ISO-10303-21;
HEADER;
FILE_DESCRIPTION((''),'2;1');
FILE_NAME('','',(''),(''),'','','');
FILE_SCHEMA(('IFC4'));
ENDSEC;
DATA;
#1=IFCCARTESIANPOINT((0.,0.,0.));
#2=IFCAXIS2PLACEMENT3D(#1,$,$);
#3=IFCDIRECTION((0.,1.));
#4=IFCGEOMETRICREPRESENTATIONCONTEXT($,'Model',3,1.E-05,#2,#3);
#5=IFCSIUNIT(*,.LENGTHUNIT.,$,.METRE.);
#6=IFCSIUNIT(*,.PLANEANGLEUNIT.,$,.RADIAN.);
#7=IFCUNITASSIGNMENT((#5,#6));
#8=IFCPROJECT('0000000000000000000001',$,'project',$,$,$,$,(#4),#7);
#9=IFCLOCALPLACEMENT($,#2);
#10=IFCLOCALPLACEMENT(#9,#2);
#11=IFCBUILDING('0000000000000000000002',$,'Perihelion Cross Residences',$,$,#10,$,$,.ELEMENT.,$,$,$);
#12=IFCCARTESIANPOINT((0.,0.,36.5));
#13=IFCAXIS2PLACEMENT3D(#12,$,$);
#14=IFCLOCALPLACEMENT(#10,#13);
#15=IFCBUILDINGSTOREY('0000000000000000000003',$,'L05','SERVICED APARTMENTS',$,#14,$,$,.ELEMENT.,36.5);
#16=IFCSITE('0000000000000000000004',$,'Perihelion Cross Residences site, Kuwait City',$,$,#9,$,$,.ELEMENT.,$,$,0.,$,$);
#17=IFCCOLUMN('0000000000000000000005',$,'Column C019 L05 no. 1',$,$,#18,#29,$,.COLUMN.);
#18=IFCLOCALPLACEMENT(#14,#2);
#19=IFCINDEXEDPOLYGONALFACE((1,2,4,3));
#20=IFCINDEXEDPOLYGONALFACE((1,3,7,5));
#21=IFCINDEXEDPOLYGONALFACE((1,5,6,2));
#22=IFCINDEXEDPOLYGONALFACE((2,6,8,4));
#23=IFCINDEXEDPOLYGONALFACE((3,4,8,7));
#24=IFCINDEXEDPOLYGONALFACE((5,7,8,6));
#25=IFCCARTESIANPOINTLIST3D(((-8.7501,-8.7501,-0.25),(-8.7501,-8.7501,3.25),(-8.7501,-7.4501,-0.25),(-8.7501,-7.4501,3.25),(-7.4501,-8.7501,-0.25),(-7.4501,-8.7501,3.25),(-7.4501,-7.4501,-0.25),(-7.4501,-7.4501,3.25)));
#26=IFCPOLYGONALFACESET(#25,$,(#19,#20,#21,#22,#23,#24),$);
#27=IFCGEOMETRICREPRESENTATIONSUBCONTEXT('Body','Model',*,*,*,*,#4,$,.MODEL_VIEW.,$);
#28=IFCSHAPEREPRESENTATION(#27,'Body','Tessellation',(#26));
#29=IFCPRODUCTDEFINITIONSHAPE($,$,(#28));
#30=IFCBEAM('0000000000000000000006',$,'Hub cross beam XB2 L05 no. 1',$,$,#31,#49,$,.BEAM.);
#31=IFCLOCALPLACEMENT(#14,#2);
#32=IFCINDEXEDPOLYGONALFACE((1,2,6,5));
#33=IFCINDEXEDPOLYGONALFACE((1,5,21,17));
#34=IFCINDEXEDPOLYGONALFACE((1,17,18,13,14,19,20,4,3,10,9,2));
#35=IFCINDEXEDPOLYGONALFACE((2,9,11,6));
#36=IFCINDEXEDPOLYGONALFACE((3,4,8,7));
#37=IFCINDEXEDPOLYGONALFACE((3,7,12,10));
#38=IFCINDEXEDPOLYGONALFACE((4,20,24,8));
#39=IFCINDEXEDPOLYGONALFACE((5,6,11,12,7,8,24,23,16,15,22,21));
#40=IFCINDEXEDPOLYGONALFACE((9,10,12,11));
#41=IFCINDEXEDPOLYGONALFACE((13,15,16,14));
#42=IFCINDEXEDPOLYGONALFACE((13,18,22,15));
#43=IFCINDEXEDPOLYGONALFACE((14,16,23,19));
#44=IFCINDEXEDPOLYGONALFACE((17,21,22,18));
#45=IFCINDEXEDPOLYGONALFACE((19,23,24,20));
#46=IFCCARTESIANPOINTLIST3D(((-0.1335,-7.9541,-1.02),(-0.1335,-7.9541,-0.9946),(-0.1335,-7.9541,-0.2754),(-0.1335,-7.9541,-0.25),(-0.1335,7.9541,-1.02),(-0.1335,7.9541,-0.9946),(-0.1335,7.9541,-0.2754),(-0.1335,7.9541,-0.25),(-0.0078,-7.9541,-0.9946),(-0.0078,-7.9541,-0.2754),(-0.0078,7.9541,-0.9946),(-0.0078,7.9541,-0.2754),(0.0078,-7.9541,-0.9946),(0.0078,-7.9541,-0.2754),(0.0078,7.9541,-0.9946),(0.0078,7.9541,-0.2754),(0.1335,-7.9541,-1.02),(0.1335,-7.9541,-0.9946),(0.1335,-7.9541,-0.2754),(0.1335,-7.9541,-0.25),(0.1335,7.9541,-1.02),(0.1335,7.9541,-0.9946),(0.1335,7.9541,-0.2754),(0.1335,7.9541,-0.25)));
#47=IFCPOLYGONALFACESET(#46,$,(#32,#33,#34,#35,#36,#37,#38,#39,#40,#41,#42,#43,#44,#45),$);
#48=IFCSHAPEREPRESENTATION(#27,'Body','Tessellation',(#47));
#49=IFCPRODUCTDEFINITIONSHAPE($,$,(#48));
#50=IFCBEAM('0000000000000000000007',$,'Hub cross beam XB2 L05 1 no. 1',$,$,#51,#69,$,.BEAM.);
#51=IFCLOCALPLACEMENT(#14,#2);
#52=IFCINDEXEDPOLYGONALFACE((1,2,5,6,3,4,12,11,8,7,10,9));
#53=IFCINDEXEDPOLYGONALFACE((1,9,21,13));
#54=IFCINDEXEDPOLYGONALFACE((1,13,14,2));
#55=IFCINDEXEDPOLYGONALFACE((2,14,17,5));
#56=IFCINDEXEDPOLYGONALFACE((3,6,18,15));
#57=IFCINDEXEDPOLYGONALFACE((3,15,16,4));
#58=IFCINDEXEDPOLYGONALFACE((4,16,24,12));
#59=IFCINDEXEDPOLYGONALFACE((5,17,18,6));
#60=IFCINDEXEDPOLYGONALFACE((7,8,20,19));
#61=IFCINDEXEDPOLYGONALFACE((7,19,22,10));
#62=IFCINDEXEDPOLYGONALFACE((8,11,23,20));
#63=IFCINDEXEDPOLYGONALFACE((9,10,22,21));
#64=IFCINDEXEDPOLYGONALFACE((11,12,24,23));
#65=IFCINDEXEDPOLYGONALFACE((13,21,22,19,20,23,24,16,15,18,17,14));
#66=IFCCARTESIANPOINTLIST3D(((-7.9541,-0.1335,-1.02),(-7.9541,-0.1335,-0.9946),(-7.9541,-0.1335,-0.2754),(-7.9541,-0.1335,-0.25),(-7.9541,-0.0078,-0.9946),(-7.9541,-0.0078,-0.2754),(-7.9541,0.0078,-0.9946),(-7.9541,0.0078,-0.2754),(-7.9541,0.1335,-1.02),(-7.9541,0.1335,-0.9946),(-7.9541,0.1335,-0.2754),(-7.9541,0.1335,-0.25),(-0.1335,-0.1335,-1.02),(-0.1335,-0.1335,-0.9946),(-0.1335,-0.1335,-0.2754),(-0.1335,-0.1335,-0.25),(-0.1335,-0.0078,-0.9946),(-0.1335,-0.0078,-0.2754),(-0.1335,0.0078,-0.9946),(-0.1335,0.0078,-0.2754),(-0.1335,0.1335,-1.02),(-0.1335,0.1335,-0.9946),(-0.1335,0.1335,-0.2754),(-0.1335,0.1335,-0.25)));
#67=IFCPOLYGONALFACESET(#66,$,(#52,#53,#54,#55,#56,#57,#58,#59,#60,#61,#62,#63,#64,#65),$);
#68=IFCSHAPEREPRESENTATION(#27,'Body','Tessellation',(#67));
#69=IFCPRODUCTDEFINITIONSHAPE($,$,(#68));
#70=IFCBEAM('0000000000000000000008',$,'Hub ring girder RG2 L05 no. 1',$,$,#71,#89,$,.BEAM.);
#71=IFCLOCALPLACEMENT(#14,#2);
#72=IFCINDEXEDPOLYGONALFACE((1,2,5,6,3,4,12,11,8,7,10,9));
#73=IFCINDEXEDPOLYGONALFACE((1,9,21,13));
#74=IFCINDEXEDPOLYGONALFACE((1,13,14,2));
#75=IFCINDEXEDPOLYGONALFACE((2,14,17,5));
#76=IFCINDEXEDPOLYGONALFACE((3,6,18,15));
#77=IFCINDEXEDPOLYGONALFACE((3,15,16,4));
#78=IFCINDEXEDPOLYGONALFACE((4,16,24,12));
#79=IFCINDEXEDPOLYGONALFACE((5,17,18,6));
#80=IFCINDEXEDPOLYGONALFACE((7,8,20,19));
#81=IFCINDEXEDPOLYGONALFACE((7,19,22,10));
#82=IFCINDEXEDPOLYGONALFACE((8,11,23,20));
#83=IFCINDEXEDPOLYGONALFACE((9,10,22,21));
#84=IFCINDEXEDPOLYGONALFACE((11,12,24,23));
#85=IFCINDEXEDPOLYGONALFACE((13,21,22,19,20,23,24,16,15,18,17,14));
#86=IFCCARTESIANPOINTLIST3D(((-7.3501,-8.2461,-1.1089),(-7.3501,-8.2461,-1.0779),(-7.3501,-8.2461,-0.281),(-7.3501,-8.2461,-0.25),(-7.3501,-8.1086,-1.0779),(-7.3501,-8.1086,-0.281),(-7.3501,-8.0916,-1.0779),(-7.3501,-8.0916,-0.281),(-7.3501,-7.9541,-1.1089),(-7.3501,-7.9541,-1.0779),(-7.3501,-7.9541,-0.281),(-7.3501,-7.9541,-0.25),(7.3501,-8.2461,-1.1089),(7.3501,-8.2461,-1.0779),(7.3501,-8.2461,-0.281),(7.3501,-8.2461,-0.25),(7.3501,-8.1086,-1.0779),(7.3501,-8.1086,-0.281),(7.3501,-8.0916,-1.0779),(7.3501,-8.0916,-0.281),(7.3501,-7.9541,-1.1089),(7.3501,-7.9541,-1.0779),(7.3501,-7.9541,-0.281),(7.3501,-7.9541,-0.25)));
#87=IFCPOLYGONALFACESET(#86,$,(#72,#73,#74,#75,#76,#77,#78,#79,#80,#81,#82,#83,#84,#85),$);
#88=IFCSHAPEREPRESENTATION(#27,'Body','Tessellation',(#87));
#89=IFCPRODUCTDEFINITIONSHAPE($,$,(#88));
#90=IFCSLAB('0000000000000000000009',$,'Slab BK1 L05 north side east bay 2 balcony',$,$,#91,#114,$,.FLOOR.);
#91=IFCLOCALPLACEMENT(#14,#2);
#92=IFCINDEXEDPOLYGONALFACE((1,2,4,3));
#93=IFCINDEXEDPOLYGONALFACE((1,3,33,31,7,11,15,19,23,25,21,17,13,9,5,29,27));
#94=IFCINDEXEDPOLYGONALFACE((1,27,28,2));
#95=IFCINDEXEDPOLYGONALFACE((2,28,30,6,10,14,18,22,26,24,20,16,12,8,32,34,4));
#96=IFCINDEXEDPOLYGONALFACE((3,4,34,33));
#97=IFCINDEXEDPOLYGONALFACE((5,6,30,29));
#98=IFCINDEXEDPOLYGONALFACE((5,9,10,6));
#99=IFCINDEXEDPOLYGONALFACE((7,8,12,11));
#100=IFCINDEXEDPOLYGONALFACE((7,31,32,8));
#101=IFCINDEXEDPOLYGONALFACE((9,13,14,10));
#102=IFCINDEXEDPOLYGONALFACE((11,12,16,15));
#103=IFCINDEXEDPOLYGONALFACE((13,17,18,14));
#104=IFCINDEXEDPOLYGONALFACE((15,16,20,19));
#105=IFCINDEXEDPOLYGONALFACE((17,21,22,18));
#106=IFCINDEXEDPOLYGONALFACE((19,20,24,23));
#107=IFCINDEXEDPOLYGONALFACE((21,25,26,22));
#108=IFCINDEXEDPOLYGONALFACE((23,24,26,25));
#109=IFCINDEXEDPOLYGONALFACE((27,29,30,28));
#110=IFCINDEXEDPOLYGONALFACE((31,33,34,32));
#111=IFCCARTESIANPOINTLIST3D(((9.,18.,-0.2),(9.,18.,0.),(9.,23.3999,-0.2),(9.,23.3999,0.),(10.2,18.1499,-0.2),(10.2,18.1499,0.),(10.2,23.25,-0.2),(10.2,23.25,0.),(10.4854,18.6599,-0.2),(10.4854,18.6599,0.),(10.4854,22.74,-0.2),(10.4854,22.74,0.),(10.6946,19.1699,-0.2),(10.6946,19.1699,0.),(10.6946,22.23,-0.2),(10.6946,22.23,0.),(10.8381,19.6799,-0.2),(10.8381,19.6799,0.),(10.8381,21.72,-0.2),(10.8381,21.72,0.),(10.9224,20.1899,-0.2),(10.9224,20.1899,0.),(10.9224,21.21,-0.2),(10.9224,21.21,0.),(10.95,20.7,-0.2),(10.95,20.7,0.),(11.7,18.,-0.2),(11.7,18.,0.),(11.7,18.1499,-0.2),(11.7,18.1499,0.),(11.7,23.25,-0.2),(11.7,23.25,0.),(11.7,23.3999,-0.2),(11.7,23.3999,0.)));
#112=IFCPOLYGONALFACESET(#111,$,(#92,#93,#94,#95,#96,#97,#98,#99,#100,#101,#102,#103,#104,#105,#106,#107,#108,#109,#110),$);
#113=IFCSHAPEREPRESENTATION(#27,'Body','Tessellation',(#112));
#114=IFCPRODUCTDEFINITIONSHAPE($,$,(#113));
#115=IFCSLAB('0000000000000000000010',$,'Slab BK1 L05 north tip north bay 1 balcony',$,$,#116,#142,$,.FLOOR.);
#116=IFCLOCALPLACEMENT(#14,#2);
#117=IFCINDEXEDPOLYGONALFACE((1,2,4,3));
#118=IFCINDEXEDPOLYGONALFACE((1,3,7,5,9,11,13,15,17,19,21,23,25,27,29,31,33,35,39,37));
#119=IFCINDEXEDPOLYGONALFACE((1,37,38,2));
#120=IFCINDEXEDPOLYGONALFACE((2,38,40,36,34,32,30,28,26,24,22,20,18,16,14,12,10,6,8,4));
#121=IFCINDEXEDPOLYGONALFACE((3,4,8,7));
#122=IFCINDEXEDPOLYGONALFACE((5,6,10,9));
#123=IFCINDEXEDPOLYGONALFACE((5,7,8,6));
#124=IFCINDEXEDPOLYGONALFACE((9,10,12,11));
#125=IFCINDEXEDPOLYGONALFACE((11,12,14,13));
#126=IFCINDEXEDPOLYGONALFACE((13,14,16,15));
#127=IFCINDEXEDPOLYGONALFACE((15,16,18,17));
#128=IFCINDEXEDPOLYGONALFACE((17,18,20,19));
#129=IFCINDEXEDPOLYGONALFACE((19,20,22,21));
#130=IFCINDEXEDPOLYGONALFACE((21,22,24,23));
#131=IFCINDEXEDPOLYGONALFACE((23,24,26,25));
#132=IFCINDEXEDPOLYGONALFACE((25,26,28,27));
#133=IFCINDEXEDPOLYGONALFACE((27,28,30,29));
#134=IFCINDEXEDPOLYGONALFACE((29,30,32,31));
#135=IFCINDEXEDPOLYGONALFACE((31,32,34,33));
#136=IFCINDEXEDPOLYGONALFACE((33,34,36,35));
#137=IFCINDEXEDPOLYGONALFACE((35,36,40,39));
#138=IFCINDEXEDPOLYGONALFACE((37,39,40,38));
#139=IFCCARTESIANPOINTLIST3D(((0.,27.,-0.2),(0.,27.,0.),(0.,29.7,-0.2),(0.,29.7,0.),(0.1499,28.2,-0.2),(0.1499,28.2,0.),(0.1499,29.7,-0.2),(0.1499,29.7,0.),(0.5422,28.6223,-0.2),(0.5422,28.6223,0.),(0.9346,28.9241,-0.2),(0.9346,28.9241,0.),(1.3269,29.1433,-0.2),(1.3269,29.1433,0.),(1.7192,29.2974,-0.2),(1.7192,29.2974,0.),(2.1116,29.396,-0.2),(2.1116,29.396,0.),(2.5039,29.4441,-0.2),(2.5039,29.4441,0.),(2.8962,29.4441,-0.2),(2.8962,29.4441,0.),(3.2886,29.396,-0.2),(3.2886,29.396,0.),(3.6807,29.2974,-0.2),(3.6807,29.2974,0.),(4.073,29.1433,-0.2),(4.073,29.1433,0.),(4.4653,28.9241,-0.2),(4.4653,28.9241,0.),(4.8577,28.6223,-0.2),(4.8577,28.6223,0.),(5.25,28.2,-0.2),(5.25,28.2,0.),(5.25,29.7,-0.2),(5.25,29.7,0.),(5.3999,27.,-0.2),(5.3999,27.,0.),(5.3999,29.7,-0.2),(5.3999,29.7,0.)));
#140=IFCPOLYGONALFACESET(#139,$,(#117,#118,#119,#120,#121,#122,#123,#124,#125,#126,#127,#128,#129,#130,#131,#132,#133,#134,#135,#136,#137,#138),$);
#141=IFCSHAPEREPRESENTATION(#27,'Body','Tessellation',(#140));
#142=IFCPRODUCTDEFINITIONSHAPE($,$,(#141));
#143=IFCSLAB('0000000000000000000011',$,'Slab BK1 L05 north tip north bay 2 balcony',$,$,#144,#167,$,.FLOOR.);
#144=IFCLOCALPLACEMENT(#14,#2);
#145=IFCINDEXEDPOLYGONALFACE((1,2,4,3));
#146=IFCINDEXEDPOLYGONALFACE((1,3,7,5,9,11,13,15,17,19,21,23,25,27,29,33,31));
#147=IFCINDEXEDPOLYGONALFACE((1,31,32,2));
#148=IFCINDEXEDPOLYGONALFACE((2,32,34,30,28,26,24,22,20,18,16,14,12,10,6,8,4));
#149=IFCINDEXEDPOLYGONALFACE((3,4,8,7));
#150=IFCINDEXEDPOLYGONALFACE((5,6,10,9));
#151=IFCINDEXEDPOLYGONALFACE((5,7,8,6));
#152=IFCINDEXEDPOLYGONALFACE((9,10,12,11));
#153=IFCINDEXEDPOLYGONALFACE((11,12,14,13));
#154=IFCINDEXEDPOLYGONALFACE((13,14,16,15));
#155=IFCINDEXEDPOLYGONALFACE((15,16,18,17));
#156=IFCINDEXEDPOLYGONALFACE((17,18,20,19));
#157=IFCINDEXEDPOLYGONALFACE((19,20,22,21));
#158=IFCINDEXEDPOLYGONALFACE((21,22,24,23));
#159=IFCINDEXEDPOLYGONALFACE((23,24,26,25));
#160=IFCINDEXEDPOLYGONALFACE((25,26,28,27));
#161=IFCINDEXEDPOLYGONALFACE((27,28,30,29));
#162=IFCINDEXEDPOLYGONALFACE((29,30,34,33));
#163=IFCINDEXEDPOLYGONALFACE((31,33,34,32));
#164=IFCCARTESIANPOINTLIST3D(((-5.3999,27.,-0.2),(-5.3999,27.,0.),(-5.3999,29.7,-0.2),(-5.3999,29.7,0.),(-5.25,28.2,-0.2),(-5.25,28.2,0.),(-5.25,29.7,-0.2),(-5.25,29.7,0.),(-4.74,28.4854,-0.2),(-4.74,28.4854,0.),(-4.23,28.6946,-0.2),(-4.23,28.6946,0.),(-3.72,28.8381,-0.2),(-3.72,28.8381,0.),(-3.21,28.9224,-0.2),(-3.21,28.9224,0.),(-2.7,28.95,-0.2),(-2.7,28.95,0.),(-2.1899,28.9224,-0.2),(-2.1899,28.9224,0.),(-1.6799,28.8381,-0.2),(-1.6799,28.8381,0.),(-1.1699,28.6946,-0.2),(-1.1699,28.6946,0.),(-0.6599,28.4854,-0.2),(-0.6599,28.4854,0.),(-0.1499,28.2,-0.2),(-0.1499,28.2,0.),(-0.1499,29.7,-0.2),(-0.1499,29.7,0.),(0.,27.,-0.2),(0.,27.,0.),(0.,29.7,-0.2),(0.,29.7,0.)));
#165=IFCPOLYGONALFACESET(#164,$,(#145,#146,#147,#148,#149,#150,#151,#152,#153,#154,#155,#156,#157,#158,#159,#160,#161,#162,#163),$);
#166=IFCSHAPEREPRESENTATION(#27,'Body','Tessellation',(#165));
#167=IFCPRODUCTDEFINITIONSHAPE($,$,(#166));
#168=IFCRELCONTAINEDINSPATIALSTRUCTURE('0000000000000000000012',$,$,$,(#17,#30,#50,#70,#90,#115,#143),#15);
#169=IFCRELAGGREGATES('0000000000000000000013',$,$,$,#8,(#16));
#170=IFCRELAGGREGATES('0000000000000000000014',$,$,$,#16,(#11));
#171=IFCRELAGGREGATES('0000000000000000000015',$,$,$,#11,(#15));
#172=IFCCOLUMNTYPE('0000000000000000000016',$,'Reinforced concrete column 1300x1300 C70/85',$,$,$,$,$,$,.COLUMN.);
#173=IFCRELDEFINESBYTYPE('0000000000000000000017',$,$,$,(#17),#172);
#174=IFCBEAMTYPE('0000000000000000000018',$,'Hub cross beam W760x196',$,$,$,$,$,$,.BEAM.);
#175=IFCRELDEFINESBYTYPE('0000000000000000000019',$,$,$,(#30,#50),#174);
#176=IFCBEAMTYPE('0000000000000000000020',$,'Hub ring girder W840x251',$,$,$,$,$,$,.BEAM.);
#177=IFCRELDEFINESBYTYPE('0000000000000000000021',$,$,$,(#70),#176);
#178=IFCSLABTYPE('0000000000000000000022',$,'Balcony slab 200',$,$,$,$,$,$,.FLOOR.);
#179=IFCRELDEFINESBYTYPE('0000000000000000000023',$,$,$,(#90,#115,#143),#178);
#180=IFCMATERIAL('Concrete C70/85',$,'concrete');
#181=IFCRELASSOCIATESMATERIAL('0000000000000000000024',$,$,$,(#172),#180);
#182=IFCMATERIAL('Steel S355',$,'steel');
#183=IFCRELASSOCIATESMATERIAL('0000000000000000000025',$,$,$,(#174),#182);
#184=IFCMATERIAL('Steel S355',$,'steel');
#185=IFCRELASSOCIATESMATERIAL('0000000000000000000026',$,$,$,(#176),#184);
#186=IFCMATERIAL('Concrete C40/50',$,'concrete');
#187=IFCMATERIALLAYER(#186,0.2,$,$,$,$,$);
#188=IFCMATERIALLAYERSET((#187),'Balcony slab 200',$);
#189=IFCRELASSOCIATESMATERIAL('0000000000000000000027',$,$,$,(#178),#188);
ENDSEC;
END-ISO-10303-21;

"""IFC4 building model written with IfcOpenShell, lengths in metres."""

from ifc_helpers import new_model, si_unit, direction, frame, origin, origin_2d, place, context, subcontext, project, spatial, polyline, rectangle, i_section, outline, extrude, material, layer, layer_set, material_profile, profile_set, type_object, element, save


model = new_model("IFC4")

# Units and contexts
model_context = context("Model", 3, precision=1e-05, world=origin(), true_north=direction((0.0, 1.0)))
body_context = subcontext(model_context, "Body", "Model", "MODEL_VIEW")
ifc_project = project(units=[si_unit("LENGTHUNIT", "METRE"), si_unit("PLANEANGLEUNIT", "RADIAN")], contexts=[model_context])

# Site, building, storey
site_placement = place(None, origin())
site = spatial("IfcSite", under=ifc_project, at=site_placement, Name="Perihelion Cross Residences site, Kuwait City", CompositionType="ELEMENT", RefElevation=0.0)
building_placement = place(site_placement, origin())
building = spatial("IfcBuilding", under=site, at=building_placement, Name="Perihelion Cross Residences", CompositionType="ELEMENT")
storey_placement = place(building_placement, frame((0.0, 0.0, 36.5)))
storey = spatial("IfcBuildingStorey", under=building, at=storey_placement, Name="L05", Description="SERVICED APARTMENTS", CompositionType="ELEMENT", Elevation=36.5)

# Column
ifc_material_1 = material(Name="Concrete C70/85", Category="concrete")
ifc_material_profile_1 = material_profile(ifc_material_1, rectangle(XDim=1.3, YDim=1.3, at=origin_2d()), Name="RC 1300x1300")
ifc_profile_set_1 = profile_set([ifc_material_profile_1], Name="Concrete C70/85")
column_type = type_object("IfcColumnType", Name="Reinforced concrete column 1300x1300 C70/85", PredefinedType="COLUMN", material=ifc_profile_set_1)
column_placement = place(storey_placement, frame((-8.1001, -8.1001, -0.25), z_axis=(0.0, 0.0, 1.0), x_axis=(1.0, 0.0, 0.0)))
element("IfcColumn", 1, at=column_placement, inside=storey, type_object=column_type, Name="Column C019 L05 no. 1", PredefinedType="COLUMN", context=body_context, shape_type="SweptSolid", body=[
    extrude(rectangle(XDim=1.3, YDim=1.3, at=origin_2d()), origin(), (0.0, 0.0, 1.0), 3.5),
])

# Beams
ifc_material_2 = material(Name="Steel S355", Category="steel")
ifc_material_profile_2 = material_profile(ifc_material_2, i_section(OverallWidth=0.2671, OverallDepth=0.77, WebThickness=0.0156, FlangeThickness=0.0254, at=origin_2d()), Name="W760x196")
ifc_profile_set_2 = profile_set([ifc_material_profile_2], Name="Steel S355")
beam_type_1 = type_object("IfcBeamType", Name="Hub cross beam W760x196", PredefinedType="BEAM", material=ifc_profile_set_2)
beam_1_placement = place(storey_placement, frame((0.0, -7.9541, -0.635), z_axis=(0.0, 1.0, 0.0), x_axis=(-1.0, 0.0, 0.0)))
element("IfcBeam", 2, at=beam_1_placement, inside=storey, type_object=beam_type_1, Name="Hub cross beam XB2 L05 no. 1", PredefinedType="BEAM", context=body_context, shape_type="SweptSolid", body=[
    extrude(i_section(OverallWidth=0.2671, OverallDepth=0.77, WebThickness=0.0156, FlangeThickness=0.0254, at=origin_2d()), origin(), (0.0, 0.0, 1.0), 15.9082),
])
beam_2_placement = place(storey_placement, frame((-7.9541, 0.0, -0.635), z_axis=(1.0, 0.0, 0.0), x_axis=(0.0, 1.0, 0.0)))
element("IfcBeam", 3, at=beam_2_placement, inside=storey, type_object=beam_type_1, Name="Hub cross beam XB2 L05 1 no. 1", PredefinedType="BEAM", context=body_context, shape_type="SweptSolid", body=[
    extrude(i_section(OverallWidth=0.2671, OverallDepth=0.77, WebThickness=0.0156, FlangeThickness=0.0254, at=origin_2d()), origin(), (0.0, 0.0, 1.0), 7.8206),
])
ifc_material_3 = material(Name="Steel S355", Category="steel")
ifc_material_profile_3 = material_profile(ifc_material_3, i_section(OverallWidth=0.292, OverallDepth=0.8589, WebThickness=0.0171, FlangeThickness=0.031, at=origin_2d()), Name="W840x251")
ifc_profile_set_3 = profile_set([ifc_material_profile_3], Name="Steel S355")
beam_type_2 = type_object("IfcBeamType", Name="Hub ring girder W840x251", PredefinedType="BEAM", material=ifc_profile_set_3)
beam_3_placement = place(storey_placement, frame((-7.3501, -8.1001, -0.6794), z_axis=(1.0, 0.0, 0.0), x_axis=(0.0, 1.0, 0.0)))
element("IfcBeam", 4, at=beam_3_placement, inside=storey, type_object=beam_type_2, Name="Hub ring girder RG2 L05 no. 1", PredefinedType="BEAM", context=body_context, shape_type="SweptSolid", body=[
    extrude(i_section(OverallWidth=0.292, OverallDepth=0.8589, WebThickness=0.0171, FlangeThickness=0.031, at=origin_2d()), origin(), (0.0, 0.0, 1.0), 14.7002),
])

# Slabs
ifc_material_4 = material(Name="Concrete C40/50", Category="concrete")
ifc_layer_1 = layer(ifc_material_4, 0.2)
ifc_layer_set_1 = layer_set([ifc_layer_1], Name="Balcony slab 200")
slab_type_1 = type_object("IfcSlabType", Name="Balcony slab 200", PredefinedType="FLOOR", material=ifc_layer_set_1)
slab_1_placement = place(storey_placement, frame((0.0, 0.0, -0.2)))
element("IfcSlab", 5, at=slab_1_placement, inside=storey, type_object=slab_type_1, Name="Slab BK1 L05 north side east bay 2 balcony", PredefinedType="FLOOR", context=body_context, shape_type="SweptSolid", body=[
    extrude(outline(polyline([(9.0, 18.0), (9.0, 23.3999), (11.7, 23.3999), (11.7, 23.25), (10.2, 23.25), (10.4854, 22.74), (10.6946, 22.23), (10.8381, 21.72), (10.9224, 21.21), (10.95, 20.7), (10.9224, 20.1899), (10.8381, 19.6799), (10.6946, 19.1699), (10.4854, 18.6599), (10.2, 18.1499), (11.7, 18.1499), (11.7, 18.0), (9.0, 18.0)])), origin(), (0.0, 0.0, 1.0), 0.2),
])
slab_2_placement = place(storey_placement, frame((0.0, 0.0, -0.2)))
element("IfcSlab", 6, at=slab_2_placement, inside=storey, type_object=slab_type_1, Name="Slab BK1 L05 north tip north bay 1 balcony", PredefinedType="FLOOR", context=body_context, shape_type="SweptSolid", body=[
    extrude(outline(polyline([(5.3999, 27.0), (0.0, 27.0), (0.0, 29.7), (0.1499, 29.7), (0.1499, 28.2), (0.5422, 28.6223), (0.9346, 28.9241), (1.3269, 29.1433), (1.7192, 29.2974), (2.1116, 29.396), (2.5039, 29.4441), (2.8962, 29.4441), (3.2886, 29.396), (3.6807, 29.2974), (4.073, 29.1433), (4.4653, 28.9241), (4.8577, 28.6223), (5.25, 28.2), (5.25, 29.7), (5.3999, 29.7), (5.3999, 27.0)])), origin(), (0.0, 0.0, 1.0), 0.2),
])
slab_3_placement = place(storey_placement, frame((0.0, 0.0, -0.2)))
element("IfcSlab", 7, at=slab_3_placement, inside=storey, type_object=slab_type_1, Name="Slab BK1 L05 north tip north bay 2 balcony", PredefinedType="FLOOR", context=body_context, shape_type="SweptSolid", body=[
    extrude(outline(polyline([(0.0, 27.0), (-5.3999, 27.0), (-5.3999, 29.7), (-5.25, 29.7), (-5.25, 28.2), (-4.74, 28.4854), (-4.23, 28.6946), (-3.72, 28.8381), (-3.21, 28.9224), (-2.7, 28.95), (-2.1899, 28.9224), (-1.6799, 28.8381), (-1.1699, 28.6946), (-0.6599, 28.4854), (-0.1499, 28.2), (-0.1499, 29.7), (0.0, 29.7), (0.0, 27.0)])), origin(), (0.0, 0.0, 1.0), 0.2),
])

save(model, "model.ifc")
